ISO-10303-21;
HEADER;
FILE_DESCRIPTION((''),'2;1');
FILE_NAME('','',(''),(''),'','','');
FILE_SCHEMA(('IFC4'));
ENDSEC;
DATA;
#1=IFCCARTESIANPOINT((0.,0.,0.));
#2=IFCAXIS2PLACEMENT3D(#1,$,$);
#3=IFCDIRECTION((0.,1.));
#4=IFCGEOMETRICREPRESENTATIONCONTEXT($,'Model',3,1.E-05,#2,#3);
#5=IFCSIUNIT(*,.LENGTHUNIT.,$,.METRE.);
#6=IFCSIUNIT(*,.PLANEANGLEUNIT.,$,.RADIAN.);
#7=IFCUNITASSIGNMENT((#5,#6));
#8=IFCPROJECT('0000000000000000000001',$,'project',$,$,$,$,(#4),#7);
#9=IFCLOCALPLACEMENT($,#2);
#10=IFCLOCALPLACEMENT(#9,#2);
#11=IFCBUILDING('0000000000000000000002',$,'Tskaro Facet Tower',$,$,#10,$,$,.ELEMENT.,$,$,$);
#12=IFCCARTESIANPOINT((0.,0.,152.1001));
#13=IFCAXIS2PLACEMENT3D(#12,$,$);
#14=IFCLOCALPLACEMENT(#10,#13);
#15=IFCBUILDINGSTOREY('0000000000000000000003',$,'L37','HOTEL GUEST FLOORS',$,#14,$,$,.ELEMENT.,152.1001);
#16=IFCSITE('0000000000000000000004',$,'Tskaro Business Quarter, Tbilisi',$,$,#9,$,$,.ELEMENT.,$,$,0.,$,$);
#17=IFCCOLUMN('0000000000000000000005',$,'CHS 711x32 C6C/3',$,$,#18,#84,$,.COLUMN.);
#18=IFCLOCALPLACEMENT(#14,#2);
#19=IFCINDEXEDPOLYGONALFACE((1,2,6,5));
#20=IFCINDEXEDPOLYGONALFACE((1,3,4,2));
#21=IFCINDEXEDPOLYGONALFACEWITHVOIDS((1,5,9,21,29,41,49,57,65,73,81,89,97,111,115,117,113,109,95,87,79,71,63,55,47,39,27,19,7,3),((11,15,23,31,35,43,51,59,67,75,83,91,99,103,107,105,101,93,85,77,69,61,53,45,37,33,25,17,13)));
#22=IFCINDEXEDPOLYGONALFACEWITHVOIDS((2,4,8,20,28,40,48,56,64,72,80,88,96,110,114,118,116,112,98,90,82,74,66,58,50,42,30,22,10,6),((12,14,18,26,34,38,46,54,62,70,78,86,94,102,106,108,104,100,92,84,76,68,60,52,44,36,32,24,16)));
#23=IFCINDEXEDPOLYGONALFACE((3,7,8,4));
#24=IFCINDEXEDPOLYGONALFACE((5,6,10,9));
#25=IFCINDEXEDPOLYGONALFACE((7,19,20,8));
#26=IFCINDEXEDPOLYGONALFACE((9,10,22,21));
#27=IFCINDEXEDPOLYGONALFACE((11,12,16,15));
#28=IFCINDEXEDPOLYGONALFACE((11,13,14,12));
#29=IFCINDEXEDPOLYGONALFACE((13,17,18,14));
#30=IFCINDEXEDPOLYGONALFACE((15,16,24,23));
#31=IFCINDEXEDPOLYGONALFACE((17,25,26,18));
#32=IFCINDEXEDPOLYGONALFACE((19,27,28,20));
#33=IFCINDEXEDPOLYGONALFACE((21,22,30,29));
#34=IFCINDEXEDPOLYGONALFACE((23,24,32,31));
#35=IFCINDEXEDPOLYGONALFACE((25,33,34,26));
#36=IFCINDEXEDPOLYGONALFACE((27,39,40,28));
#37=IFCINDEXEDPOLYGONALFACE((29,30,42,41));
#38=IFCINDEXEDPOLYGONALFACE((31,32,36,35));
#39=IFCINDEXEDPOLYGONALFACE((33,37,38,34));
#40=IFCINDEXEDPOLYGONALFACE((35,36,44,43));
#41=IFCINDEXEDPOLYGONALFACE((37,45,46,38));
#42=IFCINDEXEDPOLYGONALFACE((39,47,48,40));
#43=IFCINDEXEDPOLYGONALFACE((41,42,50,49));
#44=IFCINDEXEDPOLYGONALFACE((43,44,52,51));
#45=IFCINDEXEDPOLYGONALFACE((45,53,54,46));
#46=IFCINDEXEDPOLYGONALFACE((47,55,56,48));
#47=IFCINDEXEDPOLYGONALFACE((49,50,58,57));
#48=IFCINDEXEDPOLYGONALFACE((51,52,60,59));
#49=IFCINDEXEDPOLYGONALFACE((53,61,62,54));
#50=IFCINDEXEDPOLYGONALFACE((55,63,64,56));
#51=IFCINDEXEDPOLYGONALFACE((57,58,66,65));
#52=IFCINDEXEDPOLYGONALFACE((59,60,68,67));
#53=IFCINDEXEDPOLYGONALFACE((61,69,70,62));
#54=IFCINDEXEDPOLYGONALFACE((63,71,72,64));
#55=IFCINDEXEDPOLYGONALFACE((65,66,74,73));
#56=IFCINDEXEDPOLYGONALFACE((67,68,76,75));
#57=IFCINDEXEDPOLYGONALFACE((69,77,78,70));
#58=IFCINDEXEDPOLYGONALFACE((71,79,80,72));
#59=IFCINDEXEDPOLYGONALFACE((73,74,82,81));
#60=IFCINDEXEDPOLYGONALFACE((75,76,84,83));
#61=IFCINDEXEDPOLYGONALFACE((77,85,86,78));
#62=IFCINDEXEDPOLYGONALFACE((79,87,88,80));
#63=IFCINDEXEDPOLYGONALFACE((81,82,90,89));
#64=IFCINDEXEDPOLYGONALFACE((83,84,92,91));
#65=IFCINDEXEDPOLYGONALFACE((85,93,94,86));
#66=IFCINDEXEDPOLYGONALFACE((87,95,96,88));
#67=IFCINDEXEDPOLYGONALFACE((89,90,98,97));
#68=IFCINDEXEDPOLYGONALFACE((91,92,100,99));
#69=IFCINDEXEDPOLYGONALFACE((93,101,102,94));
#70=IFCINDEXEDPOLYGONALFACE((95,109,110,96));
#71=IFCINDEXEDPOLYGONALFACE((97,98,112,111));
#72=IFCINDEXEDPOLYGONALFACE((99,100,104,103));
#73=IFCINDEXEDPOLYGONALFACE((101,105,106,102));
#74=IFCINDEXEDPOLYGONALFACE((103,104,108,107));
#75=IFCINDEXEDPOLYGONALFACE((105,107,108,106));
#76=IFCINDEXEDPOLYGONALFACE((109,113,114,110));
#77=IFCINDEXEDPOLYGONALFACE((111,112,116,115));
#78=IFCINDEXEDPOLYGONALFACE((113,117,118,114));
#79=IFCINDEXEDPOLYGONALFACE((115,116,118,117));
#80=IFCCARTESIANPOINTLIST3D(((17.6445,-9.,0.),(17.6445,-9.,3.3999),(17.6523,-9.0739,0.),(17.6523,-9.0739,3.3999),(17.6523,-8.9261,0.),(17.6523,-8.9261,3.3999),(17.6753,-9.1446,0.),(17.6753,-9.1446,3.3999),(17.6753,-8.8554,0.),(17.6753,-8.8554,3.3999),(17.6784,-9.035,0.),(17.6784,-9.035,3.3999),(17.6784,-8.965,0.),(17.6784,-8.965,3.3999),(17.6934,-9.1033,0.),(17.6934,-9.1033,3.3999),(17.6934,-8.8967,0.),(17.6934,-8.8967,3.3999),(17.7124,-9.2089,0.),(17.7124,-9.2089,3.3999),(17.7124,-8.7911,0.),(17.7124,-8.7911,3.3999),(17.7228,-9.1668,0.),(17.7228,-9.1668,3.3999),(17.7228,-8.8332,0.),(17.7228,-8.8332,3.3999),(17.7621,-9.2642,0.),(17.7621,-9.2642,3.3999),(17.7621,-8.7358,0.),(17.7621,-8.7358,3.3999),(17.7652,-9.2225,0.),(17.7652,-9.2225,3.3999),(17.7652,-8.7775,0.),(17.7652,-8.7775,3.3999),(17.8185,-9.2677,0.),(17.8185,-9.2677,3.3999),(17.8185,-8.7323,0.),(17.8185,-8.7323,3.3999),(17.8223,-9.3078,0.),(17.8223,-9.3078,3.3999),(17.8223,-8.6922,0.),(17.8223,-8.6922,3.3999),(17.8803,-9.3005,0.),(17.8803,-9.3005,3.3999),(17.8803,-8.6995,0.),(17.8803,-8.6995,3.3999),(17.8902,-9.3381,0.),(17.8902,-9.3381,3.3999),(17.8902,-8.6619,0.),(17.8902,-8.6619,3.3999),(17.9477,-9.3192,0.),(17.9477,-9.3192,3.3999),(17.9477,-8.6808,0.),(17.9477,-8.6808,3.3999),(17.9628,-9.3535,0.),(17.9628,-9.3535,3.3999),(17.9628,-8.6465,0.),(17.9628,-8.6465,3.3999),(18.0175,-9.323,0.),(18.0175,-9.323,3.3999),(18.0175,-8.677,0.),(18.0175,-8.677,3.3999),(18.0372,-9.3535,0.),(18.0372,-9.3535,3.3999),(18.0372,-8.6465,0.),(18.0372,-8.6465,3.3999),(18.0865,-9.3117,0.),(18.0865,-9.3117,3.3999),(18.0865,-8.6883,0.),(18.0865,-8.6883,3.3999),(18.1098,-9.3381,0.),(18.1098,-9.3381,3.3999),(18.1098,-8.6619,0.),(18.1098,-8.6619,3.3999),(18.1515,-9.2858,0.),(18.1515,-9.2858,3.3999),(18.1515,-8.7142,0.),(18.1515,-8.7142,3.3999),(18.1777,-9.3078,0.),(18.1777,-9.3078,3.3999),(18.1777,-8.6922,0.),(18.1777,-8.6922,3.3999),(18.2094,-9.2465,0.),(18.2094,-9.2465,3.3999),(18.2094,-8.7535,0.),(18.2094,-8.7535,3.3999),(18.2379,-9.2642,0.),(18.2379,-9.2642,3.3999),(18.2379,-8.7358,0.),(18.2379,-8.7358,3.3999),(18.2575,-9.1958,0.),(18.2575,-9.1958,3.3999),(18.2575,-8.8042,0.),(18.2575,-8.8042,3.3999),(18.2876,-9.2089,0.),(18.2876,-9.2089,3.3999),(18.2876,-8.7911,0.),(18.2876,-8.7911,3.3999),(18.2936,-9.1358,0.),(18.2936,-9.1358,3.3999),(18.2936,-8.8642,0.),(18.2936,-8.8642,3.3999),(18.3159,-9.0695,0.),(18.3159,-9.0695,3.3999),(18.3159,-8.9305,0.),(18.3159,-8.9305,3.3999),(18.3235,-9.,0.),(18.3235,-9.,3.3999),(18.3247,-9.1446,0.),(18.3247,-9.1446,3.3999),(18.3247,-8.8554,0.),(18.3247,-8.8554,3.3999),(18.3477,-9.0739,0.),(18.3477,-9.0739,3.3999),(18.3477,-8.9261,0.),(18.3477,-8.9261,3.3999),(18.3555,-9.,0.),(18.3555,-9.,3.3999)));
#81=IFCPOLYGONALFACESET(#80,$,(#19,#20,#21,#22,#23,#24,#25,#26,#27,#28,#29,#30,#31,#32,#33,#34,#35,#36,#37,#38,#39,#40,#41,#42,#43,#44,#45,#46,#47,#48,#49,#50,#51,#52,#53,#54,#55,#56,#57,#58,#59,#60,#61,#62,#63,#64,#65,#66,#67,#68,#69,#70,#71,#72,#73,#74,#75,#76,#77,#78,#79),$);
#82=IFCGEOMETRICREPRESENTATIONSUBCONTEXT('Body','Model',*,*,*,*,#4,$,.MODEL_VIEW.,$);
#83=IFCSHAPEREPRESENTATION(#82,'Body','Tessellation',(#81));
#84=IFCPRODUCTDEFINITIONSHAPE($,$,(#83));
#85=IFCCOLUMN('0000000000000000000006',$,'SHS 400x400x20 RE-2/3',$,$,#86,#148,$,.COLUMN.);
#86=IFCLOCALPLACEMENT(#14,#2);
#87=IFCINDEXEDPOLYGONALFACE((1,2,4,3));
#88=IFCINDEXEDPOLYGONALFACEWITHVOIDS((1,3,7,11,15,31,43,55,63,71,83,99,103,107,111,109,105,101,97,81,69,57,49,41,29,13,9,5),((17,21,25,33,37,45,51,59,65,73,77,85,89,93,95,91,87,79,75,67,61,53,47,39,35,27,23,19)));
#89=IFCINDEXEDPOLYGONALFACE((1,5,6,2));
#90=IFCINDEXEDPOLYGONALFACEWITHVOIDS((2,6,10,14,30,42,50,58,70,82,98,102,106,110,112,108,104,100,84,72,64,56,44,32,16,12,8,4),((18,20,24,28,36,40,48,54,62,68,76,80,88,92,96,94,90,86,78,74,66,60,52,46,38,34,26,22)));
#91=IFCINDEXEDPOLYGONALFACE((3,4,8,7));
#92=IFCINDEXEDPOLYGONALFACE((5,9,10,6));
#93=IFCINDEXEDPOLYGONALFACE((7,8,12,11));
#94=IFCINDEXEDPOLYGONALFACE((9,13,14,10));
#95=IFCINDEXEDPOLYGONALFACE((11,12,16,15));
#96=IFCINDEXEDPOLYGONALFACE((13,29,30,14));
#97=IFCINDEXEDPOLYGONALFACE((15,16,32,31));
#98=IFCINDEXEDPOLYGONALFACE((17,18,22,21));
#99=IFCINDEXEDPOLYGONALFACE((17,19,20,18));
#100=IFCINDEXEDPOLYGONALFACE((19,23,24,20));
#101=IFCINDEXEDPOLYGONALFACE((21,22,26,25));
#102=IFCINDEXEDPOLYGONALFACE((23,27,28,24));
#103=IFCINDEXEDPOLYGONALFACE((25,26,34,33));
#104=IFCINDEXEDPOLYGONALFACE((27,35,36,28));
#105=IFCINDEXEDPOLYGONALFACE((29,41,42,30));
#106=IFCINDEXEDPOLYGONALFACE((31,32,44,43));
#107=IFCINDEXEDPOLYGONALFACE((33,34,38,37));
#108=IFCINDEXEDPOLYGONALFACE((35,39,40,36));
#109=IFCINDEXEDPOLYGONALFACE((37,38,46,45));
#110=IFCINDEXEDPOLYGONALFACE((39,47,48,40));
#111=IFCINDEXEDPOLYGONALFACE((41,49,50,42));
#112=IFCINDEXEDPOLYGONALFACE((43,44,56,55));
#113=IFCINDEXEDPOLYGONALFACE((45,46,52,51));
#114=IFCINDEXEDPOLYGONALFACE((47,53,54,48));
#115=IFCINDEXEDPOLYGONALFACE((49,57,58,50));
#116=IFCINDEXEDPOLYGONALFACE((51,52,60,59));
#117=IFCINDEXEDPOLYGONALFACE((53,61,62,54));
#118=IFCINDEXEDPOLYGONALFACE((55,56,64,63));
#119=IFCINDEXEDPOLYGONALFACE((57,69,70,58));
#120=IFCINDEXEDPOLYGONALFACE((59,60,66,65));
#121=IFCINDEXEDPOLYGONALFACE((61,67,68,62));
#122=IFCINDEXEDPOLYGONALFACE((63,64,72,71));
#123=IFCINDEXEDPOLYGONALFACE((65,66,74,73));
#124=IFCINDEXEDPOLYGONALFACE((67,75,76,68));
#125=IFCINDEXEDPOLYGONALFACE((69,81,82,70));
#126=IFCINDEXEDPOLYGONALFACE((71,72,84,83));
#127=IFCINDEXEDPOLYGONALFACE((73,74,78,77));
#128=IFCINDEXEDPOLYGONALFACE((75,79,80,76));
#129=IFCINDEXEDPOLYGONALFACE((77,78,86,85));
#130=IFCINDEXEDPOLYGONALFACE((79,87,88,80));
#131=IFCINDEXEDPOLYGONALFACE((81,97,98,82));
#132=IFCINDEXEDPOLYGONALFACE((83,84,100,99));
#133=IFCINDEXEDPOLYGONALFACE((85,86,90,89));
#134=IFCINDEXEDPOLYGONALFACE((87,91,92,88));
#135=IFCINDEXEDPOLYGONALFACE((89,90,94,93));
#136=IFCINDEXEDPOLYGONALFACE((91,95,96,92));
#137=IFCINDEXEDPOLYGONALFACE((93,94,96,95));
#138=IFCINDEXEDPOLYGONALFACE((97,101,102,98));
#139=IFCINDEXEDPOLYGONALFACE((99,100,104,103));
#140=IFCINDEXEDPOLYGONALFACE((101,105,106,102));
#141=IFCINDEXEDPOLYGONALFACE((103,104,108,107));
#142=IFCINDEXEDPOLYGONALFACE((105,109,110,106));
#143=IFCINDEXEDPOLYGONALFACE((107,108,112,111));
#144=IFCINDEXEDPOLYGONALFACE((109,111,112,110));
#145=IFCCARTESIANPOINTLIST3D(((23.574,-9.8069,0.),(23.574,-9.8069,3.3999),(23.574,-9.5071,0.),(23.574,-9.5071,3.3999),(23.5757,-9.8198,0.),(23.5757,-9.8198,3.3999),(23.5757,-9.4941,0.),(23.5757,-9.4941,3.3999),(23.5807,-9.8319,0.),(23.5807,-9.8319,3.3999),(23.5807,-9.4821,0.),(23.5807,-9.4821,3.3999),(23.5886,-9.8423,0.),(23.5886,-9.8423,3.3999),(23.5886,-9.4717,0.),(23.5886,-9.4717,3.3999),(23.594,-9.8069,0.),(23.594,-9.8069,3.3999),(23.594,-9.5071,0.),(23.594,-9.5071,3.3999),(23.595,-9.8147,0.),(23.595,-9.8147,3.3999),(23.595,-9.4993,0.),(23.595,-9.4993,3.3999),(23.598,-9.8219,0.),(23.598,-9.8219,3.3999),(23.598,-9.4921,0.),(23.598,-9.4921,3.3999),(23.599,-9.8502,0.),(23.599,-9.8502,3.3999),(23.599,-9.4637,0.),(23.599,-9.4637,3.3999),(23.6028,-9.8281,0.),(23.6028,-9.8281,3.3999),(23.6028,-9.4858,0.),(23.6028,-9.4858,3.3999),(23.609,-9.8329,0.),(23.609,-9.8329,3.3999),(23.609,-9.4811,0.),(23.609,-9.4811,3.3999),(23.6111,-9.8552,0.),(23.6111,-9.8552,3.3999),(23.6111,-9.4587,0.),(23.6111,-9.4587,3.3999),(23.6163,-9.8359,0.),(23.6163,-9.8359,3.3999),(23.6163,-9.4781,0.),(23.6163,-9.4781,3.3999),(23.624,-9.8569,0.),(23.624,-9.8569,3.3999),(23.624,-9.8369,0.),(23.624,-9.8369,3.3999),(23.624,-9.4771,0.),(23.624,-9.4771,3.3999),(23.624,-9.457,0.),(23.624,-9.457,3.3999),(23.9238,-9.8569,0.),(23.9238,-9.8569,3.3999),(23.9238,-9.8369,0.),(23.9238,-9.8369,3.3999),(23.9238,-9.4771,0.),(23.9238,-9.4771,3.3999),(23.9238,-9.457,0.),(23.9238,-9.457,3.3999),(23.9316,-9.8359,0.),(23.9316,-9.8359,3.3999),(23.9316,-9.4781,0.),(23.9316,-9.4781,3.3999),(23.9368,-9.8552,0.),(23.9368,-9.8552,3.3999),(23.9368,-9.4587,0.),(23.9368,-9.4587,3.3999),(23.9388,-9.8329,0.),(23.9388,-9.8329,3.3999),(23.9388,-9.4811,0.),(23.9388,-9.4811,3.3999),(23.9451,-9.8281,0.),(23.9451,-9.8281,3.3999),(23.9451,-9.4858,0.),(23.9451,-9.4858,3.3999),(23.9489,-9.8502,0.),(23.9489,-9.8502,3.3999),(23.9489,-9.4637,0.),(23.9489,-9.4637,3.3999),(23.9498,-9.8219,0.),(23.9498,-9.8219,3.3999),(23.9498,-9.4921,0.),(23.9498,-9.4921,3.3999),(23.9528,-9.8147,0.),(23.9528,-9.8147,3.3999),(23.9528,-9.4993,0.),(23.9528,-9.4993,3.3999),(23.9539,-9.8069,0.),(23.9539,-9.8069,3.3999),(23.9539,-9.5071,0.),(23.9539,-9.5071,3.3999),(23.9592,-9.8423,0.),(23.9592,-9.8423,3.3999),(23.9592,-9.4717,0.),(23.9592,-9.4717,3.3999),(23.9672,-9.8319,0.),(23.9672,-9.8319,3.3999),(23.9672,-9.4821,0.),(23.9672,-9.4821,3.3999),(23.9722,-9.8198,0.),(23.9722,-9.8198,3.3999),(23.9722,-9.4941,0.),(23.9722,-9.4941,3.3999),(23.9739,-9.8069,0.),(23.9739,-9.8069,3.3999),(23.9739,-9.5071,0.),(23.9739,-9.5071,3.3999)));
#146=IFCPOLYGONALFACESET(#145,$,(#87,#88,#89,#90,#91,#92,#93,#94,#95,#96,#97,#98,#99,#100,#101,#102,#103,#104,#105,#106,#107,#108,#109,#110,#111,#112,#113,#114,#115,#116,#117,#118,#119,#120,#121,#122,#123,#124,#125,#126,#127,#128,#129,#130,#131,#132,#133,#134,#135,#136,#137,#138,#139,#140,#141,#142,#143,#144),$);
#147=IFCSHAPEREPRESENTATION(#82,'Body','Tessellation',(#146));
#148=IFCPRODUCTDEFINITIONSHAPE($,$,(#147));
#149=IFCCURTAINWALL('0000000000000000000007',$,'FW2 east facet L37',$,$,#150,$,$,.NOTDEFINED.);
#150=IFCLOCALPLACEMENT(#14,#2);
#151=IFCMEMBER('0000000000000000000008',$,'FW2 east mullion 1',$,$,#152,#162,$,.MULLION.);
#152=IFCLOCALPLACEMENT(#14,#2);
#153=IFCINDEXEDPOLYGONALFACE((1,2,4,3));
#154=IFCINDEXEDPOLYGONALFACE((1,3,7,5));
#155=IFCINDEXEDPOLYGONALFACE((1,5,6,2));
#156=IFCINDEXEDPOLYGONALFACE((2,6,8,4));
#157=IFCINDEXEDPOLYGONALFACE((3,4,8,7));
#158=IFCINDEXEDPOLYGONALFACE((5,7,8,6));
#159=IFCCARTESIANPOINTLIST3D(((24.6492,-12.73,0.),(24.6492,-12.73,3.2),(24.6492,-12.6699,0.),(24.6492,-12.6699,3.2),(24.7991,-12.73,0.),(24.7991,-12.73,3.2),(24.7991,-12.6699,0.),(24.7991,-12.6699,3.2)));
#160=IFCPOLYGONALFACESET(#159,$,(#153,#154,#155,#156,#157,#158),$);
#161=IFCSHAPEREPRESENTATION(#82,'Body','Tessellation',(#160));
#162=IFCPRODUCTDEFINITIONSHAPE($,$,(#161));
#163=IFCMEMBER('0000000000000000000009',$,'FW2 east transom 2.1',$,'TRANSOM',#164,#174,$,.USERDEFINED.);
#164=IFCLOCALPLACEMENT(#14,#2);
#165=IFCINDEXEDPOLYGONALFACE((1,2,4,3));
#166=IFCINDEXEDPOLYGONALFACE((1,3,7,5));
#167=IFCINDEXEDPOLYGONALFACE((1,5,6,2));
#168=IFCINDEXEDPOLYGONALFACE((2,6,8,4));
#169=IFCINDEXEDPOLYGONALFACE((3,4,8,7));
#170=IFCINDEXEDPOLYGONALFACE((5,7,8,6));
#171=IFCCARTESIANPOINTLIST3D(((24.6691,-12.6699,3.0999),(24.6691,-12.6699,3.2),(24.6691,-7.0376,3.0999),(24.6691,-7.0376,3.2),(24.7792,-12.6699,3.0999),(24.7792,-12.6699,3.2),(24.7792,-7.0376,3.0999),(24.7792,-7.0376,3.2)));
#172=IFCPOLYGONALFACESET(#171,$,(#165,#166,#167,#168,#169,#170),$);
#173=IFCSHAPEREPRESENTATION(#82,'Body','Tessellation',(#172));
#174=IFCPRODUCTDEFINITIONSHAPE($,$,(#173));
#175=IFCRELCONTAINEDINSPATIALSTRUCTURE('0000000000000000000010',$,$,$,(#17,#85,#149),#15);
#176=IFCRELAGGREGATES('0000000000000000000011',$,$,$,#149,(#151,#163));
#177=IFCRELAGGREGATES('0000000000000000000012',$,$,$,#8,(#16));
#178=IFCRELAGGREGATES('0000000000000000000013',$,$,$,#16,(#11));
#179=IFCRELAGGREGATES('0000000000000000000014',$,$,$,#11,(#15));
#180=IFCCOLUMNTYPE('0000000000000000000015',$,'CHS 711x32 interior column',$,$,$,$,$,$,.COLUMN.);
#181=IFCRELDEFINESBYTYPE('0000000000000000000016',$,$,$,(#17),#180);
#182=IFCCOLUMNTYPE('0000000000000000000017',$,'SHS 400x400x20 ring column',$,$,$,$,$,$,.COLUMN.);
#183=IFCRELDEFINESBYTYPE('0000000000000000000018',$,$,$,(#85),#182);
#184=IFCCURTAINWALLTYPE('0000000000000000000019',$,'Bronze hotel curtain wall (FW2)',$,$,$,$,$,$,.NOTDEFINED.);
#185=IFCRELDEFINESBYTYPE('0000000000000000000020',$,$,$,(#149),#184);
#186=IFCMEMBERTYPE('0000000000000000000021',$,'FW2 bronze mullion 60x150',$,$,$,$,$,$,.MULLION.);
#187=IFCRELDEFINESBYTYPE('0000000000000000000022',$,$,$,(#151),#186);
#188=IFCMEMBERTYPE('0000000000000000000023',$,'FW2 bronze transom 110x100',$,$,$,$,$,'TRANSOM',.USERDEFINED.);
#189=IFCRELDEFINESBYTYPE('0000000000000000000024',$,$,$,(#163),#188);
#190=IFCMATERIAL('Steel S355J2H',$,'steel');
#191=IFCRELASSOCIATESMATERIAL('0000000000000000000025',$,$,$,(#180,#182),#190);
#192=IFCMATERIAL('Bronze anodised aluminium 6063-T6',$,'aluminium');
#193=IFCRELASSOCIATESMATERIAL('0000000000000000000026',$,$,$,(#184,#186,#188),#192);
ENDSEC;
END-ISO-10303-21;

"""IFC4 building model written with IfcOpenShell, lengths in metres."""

from ifc_helpers import new_model, si_unit, direction, frame, origin, origin_2d, place, context, subcontext, project, spatial, rectangle, hollow_rectangle, hollow_circle, extrude, material, material_profile, profile_set, type_object, element, aggregate, save


model = new_model("IFC4")

# Units and contexts
model_context = context("Model", 3, precision=1e-05, world=origin(), true_north=direction((0.0, 1.0)))
body_context = subcontext(model_context, "Body", "Model", "MODEL_VIEW")
ifc_project = project(units=[si_unit("LENGTHUNIT", "METRE"), si_unit("PLANEANGLEUNIT", "RADIAN")], contexts=[model_context])

# Site, building, storey
site_placement = place(None, origin())
site = spatial("IfcSite", under=ifc_project, at=site_placement, Name="Tskaro Business Quarter, Tbilisi", CompositionType="ELEMENT", RefElevation=0.0)
building_placement = place(site_placement, origin())
building = spatial("IfcBuilding", under=site, at=building_placement, Name="Tskaro Facet Tower", CompositionType="ELEMENT")
storey_placement = place(building_placement, frame((0.0, 0.0, 152.1001)))
storey = spatial("IfcBuildingStorey", under=building, at=storey_placement, Name="L37", Description="HOTEL GUEST FLOORS", CompositionType="ELEMENT", Elevation=152.1001)

# Columns
ifc_material_1 = material(Name="Steel S355J2H", Category="steel")
ifc_material_profile_1 = material_profile(ifc_material_1, hollow_circle(Radius=0.3555, WallThickness=0.032, at=origin_2d()), Name="CHS 711x32")
ifc_profile_set_1 = profile_set([ifc_material_profile_1], Name="Steel S355J2H")
column_type_1 = type_object("IfcColumnType", Name="CHS 711x32 interior column", PredefinedType="COLUMN", material=ifc_profile_set_1)
column_1_placement = place(storey_placement, frame((18.0, -9.0, 0.0), z_axis=(0.0, 0.0, 1.0), x_axis=(1.0, 0.0, 0.0)))
element("IfcColumn", 1, at=column_1_placement, inside=storey, type_object=column_type_1, Name="CHS 711x32 C6C/3", PredefinedType="COLUMN", context=body_context, shape_type="SweptSolid", body=[
    extrude(hollow_circle(Radius=0.3555, WallThickness=0.032, at=origin_2d()), origin(), (0.0, 0.0, 1.0), 3.3999),
])
ifc_material_profile_2 = material_profile(ifc_material_1, hollow_rectangle(XDim=0.3999, YDim=0.3999, WallThickness=0.02, InnerFilletRadius=0.03, OuterFilletRadius=0.05, at=origin_2d()), Name="SHS 400x400x20")
ifc_profile_set_2 = profile_set([ifc_material_profile_2], Name="Steel S355J2H")
column_type_2 = type_object("IfcColumnType", Name="SHS 400x400x20 ring column", PredefinedType="COLUMN", material=ifc_profile_set_2)
column_2_placement = place(storey_placement, frame((23.7739, -9.657, 0.0), z_axis=(0.0, 0.0, 1.0), x_axis=(1.0, 0.0, 0.0)))
element("IfcColumn", 2, at=column_2_placement, inside=storey, type_object=column_type_2, Name="SHS 400x400x20 RE-2/3", PredefinedType="COLUMN", context=body_context, shape_type="SweptSolid", body=[
    extrude(hollow_rectangle(XDim=0.3999, YDim=0.3999, WallThickness=0.02, InnerFilletRadius=0.03, OuterFilletRadius=0.05, at=origin_2d()), origin(), (0.0, 0.0, 1.0), 3.3999),
])

# Curtain wall, members
ifc_material_2 = material(Name="Bronze anodised aluminium 6063-T6", Category="aluminium")
curtain_wall_type = type_object("IfcCurtainWallType", Name="Bronze hotel curtain wall (FW2)", PredefinedType="NOTDEFINED", material=ifc_material_2)
curtain_wall_placement = place(storey_placement, origin())
curtain_wall = element("IfcCurtainWall", 3, at=curtain_wall_placement, inside=storey, type_object=curtain_wall_type, Name="FW2 east facet L37", PredefinedType="NOTDEFINED")
ifc_material_profile_3 = material_profile(ifc_material_2, rectangle(XDim=0.0601, YDim=0.1499, at=origin_2d()), Name="Mullion 60x150")
ifc_profile_set_3 = profile_set([ifc_material_profile_3], Name="Bronze anodised aluminium 6063-T6")
member_type_1 = type_object("IfcMemberType", Name="FW2 bronze mullion 60x150", PredefinedType="MULLION", material=ifc_profile_set_3)
member_1_placement = place(storey_placement, frame((24.7241, -12.7, 0.0), z_axis=(0.0, 0.0, 1.0), x_axis=(0.0, 1.0, 0.0)))
member_1 = element("IfcMember", 4, at=member_1_placement, type_object=member_type_1, Name="FW2 east mullion 1", PredefinedType="MULLION", context=body_context, shape_type="SweptSolid", body=[
    extrude(rectangle(XDim=0.0601, YDim=0.1499, at=origin_2d()), origin(), (0.0, 0.0, 1.0), 3.2),
])
ifc_material_profile_4 = material_profile(ifc_material_2, rectangle(XDim=0.1101, YDim=0.1001, at=origin_2d()), Name="Transom 110x100")
ifc_profile_set_4 = profile_set([ifc_material_profile_4], Name="Bronze anodised aluminium 6063-T6")
member_type_2 = type_object("IfcMemberType", Name="FW2 bronze transom 110x100", ElementType="TRANSOM", PredefinedType="USERDEFINED", material=ifc_profile_set_4)
member_2_placement = place(storey_placement, frame((24.7241, -12.6699, 3.1499), z_axis=(0.0, 1.0, 0.0), x_axis=(-1.0, 0.0, 0.0)))
member_2 = element("IfcMember", 5, at=member_2_placement, type_object=member_type_2, Name="FW2 east transom 2.1", ObjectType="TRANSOM", PredefinedType="USERDEFINED", context=body_context, shape_type="SweptSolid", body=[
    extrude(rectangle(XDim=0.1101, YDim=0.1001, at=origin_2d()), origin(), (0.0, 0.0, 1.0), 5.6323),
])

aggregate(curtain_wall, [member_1, member_2])

save(model, "model.ifc")
